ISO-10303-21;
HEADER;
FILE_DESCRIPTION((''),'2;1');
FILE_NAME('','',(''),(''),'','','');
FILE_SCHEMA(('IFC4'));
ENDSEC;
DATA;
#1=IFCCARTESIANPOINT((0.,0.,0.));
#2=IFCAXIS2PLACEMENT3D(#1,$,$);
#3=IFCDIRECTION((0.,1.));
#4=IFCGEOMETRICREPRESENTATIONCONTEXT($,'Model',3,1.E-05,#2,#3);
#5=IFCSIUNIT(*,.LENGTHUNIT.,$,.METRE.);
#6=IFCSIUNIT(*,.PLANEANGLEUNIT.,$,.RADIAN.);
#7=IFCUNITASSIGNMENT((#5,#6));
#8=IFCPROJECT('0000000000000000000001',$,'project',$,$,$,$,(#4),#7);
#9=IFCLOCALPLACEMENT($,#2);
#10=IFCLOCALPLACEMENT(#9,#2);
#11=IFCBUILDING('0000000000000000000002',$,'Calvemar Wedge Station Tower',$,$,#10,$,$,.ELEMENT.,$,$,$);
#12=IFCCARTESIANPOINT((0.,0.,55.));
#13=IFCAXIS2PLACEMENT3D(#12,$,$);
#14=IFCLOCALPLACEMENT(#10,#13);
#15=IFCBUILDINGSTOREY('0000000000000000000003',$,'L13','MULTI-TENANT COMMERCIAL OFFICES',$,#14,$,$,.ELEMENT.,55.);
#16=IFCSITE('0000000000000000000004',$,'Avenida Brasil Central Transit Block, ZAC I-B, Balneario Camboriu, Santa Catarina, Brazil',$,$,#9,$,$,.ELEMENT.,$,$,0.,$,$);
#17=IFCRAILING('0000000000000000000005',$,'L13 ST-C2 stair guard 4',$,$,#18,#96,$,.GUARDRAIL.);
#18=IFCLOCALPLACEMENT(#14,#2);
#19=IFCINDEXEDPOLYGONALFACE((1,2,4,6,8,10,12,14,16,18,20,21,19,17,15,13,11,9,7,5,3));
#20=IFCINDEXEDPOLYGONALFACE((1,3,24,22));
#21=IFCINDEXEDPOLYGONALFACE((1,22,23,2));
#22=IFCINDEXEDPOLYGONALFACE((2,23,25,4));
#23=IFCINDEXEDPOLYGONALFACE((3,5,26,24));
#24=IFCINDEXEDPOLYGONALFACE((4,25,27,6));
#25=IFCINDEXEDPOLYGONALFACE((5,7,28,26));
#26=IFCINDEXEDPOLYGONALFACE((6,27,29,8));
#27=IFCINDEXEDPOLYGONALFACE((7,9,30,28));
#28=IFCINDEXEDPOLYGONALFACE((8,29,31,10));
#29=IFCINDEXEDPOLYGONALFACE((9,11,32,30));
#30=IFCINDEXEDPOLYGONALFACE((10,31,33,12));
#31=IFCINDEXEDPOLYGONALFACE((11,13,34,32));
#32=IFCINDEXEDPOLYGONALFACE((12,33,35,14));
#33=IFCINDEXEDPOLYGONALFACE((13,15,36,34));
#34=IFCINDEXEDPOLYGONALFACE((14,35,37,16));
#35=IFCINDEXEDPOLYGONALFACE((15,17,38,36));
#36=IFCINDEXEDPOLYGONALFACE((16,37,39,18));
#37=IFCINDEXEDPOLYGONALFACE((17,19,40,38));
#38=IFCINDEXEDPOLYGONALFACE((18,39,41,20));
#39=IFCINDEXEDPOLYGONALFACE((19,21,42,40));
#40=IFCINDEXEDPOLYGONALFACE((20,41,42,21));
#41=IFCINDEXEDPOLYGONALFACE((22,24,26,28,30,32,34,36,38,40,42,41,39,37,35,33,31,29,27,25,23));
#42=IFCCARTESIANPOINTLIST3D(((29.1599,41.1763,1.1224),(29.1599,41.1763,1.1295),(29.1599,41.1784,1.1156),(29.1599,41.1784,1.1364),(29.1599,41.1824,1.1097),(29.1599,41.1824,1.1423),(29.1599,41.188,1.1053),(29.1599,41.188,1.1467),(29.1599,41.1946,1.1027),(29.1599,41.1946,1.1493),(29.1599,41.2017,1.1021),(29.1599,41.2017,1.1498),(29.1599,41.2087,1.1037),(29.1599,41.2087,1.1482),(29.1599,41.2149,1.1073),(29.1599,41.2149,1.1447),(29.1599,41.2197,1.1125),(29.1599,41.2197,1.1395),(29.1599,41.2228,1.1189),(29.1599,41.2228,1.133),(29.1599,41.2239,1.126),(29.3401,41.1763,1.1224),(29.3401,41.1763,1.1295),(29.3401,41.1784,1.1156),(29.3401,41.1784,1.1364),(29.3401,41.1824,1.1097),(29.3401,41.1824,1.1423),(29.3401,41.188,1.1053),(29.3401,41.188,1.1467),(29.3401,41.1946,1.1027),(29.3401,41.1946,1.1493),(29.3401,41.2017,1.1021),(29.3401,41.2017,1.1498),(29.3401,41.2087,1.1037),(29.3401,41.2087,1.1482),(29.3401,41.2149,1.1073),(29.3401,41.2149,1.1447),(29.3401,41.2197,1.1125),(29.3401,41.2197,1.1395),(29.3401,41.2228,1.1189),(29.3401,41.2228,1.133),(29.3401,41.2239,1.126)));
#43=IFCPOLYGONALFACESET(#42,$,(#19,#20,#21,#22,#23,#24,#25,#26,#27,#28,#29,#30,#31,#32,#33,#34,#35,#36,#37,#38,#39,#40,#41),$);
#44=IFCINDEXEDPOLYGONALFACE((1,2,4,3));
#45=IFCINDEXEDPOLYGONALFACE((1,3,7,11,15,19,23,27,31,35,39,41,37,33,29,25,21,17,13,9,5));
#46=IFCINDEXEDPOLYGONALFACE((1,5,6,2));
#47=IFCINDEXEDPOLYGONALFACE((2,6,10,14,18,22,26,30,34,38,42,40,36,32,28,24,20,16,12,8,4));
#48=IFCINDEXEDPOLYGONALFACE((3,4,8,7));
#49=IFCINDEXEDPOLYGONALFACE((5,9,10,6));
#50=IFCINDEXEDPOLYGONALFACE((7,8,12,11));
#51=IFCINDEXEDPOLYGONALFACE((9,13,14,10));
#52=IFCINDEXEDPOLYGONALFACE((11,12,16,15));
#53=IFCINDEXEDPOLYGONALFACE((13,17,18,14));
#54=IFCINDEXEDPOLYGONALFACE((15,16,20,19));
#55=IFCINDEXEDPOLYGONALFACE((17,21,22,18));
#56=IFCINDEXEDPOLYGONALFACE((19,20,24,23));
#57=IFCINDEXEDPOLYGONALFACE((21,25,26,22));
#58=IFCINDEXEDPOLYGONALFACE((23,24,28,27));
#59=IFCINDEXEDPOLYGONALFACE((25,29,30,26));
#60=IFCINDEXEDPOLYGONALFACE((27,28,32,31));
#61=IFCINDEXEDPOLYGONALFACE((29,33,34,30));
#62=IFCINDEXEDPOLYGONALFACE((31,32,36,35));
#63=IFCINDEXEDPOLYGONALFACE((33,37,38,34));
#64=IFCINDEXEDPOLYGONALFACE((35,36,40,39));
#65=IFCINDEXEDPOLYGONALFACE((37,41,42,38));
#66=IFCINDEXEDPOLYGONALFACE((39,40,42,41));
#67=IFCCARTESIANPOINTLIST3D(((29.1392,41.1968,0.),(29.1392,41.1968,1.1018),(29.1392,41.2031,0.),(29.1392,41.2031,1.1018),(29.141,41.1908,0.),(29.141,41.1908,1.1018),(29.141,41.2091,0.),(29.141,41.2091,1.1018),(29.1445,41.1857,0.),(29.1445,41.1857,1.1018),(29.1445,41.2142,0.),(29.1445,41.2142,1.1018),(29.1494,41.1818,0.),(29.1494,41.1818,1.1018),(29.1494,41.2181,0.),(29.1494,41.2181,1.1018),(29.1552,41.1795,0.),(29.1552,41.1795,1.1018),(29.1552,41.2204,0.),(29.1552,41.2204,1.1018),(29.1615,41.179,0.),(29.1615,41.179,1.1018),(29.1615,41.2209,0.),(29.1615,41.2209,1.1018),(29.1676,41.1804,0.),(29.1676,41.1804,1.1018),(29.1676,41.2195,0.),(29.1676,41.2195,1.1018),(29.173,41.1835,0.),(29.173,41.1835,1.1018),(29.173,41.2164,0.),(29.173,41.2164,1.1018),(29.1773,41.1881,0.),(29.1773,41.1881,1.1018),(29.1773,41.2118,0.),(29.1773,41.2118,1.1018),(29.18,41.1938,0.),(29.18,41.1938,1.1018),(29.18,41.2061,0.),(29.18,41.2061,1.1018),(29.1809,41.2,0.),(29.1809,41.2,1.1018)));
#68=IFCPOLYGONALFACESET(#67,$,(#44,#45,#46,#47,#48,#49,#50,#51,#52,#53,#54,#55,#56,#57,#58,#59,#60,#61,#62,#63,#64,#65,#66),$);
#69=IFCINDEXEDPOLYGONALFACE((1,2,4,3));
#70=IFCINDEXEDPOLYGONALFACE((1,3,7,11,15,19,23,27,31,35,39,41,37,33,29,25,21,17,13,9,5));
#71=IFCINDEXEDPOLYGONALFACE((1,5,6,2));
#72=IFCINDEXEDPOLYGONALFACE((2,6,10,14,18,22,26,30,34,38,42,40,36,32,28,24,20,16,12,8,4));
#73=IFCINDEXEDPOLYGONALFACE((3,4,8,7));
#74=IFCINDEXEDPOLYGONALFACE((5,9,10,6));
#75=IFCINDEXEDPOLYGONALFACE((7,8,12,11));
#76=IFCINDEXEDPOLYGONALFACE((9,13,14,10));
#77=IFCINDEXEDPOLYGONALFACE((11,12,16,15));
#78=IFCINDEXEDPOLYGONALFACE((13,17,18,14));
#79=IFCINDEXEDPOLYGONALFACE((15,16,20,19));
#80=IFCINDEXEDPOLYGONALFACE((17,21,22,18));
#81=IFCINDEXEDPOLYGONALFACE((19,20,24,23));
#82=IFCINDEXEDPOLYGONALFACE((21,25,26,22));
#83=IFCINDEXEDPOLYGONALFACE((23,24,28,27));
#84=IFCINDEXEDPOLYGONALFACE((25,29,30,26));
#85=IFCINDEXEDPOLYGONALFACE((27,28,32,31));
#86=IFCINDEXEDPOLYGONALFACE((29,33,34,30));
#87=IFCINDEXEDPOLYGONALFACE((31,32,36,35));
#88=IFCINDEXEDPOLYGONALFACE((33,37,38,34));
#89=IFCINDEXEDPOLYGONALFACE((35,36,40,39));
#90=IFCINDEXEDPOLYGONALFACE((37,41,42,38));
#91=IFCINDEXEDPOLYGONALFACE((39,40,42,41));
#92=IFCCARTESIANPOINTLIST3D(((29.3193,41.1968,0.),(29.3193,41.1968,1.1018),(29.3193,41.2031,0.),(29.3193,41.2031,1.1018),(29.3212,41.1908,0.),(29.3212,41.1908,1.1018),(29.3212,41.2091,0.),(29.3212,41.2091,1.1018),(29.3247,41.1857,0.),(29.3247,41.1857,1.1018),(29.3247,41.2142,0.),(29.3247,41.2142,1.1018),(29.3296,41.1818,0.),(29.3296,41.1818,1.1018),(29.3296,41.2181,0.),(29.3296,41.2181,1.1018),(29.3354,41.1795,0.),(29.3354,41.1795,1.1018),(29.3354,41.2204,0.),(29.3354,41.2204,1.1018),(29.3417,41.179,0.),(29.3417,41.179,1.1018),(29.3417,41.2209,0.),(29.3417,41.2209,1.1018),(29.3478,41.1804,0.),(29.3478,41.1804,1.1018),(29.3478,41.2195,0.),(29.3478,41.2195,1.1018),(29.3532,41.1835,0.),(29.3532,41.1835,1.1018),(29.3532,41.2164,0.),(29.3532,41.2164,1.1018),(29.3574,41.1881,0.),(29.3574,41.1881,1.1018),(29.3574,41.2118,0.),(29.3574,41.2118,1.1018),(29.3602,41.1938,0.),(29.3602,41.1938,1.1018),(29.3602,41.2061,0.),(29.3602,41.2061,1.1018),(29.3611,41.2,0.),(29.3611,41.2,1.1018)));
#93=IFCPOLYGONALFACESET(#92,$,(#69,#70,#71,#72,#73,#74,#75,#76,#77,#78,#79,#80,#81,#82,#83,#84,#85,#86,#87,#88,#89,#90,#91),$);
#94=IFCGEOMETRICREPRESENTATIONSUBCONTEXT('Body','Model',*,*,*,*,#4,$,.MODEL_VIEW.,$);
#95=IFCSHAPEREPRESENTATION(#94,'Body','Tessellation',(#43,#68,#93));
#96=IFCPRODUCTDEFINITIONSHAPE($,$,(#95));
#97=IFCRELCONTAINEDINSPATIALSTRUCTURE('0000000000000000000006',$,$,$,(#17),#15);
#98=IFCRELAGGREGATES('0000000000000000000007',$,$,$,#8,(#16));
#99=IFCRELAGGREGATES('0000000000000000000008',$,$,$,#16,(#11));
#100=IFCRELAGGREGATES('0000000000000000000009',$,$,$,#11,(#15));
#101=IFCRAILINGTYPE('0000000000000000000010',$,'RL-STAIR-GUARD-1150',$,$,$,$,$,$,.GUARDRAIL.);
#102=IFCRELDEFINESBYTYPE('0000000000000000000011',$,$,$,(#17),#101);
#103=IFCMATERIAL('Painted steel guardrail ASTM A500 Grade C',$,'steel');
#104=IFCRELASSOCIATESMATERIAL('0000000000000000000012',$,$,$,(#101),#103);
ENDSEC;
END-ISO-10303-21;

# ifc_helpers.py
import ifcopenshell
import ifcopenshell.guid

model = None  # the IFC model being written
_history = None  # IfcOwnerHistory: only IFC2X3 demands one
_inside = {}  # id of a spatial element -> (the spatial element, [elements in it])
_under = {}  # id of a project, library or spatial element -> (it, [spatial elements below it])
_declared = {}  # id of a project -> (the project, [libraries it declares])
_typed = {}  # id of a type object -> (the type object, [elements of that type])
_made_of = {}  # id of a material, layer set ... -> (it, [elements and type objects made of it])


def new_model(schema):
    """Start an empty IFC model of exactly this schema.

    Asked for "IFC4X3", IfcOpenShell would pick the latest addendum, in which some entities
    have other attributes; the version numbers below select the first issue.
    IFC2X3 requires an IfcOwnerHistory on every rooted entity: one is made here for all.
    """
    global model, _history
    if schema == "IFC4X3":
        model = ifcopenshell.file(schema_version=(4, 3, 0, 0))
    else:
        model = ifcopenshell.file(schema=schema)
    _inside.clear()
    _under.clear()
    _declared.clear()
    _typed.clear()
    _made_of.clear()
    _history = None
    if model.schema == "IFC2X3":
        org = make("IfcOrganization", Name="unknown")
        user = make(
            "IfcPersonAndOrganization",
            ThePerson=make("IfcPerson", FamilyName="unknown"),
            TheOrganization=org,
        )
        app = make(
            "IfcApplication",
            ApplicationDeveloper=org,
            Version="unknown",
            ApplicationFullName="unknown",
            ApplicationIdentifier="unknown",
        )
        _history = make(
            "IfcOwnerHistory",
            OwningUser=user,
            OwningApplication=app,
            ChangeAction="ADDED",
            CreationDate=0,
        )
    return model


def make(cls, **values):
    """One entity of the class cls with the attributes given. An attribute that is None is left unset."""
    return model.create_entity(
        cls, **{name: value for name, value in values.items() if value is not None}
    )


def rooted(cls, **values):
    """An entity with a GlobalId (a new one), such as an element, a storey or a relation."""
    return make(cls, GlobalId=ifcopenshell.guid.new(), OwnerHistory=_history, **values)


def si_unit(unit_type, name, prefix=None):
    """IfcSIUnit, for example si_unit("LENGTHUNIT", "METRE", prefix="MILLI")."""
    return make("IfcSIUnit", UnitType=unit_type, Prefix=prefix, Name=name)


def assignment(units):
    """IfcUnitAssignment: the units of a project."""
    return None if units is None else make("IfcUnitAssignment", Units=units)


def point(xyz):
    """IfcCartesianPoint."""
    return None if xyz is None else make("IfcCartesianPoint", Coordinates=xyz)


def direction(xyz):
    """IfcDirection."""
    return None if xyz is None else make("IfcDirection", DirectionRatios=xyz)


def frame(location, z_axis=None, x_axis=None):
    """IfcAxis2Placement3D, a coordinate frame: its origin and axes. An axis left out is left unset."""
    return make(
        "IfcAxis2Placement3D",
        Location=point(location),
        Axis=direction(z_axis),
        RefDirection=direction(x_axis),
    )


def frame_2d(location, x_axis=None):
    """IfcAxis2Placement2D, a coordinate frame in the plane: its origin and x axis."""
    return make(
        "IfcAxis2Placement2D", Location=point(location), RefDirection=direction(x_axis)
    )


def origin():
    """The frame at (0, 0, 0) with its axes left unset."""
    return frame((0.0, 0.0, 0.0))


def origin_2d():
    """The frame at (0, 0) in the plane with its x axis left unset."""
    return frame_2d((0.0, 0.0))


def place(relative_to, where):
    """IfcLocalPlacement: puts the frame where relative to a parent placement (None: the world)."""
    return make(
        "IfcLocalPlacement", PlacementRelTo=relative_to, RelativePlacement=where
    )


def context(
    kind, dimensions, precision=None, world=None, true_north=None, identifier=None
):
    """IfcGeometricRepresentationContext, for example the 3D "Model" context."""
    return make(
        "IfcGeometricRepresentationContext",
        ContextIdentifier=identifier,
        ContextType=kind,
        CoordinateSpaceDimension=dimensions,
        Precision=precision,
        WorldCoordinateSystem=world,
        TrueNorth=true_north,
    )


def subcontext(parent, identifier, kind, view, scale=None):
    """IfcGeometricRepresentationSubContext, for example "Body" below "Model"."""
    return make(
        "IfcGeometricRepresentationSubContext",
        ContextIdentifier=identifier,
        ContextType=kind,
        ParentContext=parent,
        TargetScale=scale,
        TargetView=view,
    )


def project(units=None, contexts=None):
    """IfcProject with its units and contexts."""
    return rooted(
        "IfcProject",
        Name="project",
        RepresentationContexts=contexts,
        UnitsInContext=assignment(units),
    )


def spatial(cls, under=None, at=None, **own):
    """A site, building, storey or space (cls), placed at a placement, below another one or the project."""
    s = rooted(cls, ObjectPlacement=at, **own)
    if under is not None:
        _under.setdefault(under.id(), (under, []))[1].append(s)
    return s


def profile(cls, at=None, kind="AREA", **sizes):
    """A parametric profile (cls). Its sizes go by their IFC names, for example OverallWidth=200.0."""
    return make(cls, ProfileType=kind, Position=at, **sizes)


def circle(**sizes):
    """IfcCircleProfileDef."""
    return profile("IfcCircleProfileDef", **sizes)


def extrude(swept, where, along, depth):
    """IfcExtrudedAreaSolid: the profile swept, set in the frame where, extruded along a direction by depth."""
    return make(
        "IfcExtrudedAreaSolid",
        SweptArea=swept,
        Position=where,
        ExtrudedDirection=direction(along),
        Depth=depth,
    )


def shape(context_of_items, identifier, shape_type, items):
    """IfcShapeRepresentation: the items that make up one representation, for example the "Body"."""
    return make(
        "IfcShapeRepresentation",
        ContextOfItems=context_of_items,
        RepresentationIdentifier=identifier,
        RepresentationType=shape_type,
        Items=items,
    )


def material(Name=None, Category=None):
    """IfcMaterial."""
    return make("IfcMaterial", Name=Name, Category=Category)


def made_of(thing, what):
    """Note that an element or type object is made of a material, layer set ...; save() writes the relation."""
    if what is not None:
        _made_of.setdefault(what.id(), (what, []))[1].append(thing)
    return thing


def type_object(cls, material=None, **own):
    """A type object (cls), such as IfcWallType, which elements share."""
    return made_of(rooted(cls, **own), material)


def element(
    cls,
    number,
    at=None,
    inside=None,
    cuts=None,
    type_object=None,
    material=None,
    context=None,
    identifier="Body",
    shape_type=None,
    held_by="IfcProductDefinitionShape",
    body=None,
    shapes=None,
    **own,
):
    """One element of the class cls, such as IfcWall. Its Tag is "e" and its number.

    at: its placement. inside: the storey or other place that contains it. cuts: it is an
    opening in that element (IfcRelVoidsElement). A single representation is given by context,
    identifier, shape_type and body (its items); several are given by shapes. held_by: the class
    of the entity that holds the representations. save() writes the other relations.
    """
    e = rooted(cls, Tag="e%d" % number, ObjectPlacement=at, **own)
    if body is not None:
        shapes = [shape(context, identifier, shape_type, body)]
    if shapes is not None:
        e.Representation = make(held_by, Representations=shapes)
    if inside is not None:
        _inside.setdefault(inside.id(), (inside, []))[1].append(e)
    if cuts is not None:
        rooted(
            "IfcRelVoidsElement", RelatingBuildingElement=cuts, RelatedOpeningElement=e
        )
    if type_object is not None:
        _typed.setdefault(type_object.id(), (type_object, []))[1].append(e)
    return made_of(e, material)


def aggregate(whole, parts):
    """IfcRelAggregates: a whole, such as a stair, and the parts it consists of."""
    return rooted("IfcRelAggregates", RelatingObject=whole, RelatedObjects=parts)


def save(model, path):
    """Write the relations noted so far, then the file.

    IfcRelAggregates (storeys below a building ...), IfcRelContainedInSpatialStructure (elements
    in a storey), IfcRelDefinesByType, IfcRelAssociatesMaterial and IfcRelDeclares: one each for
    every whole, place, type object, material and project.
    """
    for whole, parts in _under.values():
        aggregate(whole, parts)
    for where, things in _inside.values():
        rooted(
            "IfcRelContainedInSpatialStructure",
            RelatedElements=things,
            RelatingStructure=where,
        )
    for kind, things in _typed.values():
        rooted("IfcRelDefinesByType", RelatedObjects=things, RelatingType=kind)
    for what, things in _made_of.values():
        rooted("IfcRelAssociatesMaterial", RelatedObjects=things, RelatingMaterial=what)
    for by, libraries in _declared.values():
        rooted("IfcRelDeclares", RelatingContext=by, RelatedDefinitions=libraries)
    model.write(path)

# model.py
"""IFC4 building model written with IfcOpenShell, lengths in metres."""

from ifc_helpers import new_model, si_unit, direction, frame, origin, origin_2d, place, context, subcontext, project, spatial, circle, extrude, material, type_object, element, save


model = new_model("IFC4")

# Units and contexts
model_context = context("Model", 3, precision=1e-05, world=origin(), true_north=direction((0.0, 1.0)))
body_context = subcontext(model_context, "Body", "Model", "MODEL_VIEW")
ifc_project = project(units=[si_unit("LENGTHUNIT", "METRE"), si_unit("PLANEANGLEUNIT", "RADIAN")], contexts=[model_context])

# Site, building, storey
site_placement = place(None, origin())
site = spatial("IfcSite", under=ifc_project, at=site_placement, Name="Avenida Brasil Central Transit Block, ZAC I-B, Balneario Camboriu, Santa Catarina, Brazil", CompositionType="ELEMENT", RefElevation=0.0)
building_placement = place(site_placement, origin())
building = spatial("IfcBuilding", under=site, at=building_placement, Name="Calvemar Wedge Station Tower", CompositionType="ELEMENT")
storey_placement = place(building_placement, frame((0.0, 0.0, 55.0)))
storey = spatial("IfcBuildingStorey", under=building, at=storey_placement, Name="L13", Description="MULTI-TENANT COMMERCIAL OFFICES", CompositionType="ELEMENT", Elevation=55.0)

# Railing
ifc_material_1 = material(Name="Painted steel guardrail ASTM A500 Grade C", Category="steel")
railing_type_1 = type_object("IfcRailingType", Name="RL-STAIR-GUARD-1150", PredefinedType="GUARDRAIL", material=ifc_material_1)
railing_1_placement = place(storey_placement, frame((29.1599, 41.2, 0.0)))
element("IfcRailing", 1, at=railing_1_placement, inside=storey, type_object=railing_type_1, Name="L13 ST-C2 stair guard 4", PredefinedType="GUARDRAIL", context=body_context, shape_type="SweptSolid", body=[
    extrude(circle(Radius=0.0239, at=origin_2d()), frame((0.0, 0.0, 1.126), z_axis=(1.0, 0.0, 0.0), x_axis=(0.0, 1.0, 0.0)), (0.0, 0.0, 1.0), 0.1802),
    extrude(circle(Radius=0.021, at=origin_2d()), origin(), (0.0, 0.0, 1.0), 1.1018),
    extrude(circle(Radius=0.021, at=origin_2d()), frame((0.1802, 0.0, 0.0)), (0.0, 0.0, 1.0), 1.1018),
])

save(model, "model.ifc")
